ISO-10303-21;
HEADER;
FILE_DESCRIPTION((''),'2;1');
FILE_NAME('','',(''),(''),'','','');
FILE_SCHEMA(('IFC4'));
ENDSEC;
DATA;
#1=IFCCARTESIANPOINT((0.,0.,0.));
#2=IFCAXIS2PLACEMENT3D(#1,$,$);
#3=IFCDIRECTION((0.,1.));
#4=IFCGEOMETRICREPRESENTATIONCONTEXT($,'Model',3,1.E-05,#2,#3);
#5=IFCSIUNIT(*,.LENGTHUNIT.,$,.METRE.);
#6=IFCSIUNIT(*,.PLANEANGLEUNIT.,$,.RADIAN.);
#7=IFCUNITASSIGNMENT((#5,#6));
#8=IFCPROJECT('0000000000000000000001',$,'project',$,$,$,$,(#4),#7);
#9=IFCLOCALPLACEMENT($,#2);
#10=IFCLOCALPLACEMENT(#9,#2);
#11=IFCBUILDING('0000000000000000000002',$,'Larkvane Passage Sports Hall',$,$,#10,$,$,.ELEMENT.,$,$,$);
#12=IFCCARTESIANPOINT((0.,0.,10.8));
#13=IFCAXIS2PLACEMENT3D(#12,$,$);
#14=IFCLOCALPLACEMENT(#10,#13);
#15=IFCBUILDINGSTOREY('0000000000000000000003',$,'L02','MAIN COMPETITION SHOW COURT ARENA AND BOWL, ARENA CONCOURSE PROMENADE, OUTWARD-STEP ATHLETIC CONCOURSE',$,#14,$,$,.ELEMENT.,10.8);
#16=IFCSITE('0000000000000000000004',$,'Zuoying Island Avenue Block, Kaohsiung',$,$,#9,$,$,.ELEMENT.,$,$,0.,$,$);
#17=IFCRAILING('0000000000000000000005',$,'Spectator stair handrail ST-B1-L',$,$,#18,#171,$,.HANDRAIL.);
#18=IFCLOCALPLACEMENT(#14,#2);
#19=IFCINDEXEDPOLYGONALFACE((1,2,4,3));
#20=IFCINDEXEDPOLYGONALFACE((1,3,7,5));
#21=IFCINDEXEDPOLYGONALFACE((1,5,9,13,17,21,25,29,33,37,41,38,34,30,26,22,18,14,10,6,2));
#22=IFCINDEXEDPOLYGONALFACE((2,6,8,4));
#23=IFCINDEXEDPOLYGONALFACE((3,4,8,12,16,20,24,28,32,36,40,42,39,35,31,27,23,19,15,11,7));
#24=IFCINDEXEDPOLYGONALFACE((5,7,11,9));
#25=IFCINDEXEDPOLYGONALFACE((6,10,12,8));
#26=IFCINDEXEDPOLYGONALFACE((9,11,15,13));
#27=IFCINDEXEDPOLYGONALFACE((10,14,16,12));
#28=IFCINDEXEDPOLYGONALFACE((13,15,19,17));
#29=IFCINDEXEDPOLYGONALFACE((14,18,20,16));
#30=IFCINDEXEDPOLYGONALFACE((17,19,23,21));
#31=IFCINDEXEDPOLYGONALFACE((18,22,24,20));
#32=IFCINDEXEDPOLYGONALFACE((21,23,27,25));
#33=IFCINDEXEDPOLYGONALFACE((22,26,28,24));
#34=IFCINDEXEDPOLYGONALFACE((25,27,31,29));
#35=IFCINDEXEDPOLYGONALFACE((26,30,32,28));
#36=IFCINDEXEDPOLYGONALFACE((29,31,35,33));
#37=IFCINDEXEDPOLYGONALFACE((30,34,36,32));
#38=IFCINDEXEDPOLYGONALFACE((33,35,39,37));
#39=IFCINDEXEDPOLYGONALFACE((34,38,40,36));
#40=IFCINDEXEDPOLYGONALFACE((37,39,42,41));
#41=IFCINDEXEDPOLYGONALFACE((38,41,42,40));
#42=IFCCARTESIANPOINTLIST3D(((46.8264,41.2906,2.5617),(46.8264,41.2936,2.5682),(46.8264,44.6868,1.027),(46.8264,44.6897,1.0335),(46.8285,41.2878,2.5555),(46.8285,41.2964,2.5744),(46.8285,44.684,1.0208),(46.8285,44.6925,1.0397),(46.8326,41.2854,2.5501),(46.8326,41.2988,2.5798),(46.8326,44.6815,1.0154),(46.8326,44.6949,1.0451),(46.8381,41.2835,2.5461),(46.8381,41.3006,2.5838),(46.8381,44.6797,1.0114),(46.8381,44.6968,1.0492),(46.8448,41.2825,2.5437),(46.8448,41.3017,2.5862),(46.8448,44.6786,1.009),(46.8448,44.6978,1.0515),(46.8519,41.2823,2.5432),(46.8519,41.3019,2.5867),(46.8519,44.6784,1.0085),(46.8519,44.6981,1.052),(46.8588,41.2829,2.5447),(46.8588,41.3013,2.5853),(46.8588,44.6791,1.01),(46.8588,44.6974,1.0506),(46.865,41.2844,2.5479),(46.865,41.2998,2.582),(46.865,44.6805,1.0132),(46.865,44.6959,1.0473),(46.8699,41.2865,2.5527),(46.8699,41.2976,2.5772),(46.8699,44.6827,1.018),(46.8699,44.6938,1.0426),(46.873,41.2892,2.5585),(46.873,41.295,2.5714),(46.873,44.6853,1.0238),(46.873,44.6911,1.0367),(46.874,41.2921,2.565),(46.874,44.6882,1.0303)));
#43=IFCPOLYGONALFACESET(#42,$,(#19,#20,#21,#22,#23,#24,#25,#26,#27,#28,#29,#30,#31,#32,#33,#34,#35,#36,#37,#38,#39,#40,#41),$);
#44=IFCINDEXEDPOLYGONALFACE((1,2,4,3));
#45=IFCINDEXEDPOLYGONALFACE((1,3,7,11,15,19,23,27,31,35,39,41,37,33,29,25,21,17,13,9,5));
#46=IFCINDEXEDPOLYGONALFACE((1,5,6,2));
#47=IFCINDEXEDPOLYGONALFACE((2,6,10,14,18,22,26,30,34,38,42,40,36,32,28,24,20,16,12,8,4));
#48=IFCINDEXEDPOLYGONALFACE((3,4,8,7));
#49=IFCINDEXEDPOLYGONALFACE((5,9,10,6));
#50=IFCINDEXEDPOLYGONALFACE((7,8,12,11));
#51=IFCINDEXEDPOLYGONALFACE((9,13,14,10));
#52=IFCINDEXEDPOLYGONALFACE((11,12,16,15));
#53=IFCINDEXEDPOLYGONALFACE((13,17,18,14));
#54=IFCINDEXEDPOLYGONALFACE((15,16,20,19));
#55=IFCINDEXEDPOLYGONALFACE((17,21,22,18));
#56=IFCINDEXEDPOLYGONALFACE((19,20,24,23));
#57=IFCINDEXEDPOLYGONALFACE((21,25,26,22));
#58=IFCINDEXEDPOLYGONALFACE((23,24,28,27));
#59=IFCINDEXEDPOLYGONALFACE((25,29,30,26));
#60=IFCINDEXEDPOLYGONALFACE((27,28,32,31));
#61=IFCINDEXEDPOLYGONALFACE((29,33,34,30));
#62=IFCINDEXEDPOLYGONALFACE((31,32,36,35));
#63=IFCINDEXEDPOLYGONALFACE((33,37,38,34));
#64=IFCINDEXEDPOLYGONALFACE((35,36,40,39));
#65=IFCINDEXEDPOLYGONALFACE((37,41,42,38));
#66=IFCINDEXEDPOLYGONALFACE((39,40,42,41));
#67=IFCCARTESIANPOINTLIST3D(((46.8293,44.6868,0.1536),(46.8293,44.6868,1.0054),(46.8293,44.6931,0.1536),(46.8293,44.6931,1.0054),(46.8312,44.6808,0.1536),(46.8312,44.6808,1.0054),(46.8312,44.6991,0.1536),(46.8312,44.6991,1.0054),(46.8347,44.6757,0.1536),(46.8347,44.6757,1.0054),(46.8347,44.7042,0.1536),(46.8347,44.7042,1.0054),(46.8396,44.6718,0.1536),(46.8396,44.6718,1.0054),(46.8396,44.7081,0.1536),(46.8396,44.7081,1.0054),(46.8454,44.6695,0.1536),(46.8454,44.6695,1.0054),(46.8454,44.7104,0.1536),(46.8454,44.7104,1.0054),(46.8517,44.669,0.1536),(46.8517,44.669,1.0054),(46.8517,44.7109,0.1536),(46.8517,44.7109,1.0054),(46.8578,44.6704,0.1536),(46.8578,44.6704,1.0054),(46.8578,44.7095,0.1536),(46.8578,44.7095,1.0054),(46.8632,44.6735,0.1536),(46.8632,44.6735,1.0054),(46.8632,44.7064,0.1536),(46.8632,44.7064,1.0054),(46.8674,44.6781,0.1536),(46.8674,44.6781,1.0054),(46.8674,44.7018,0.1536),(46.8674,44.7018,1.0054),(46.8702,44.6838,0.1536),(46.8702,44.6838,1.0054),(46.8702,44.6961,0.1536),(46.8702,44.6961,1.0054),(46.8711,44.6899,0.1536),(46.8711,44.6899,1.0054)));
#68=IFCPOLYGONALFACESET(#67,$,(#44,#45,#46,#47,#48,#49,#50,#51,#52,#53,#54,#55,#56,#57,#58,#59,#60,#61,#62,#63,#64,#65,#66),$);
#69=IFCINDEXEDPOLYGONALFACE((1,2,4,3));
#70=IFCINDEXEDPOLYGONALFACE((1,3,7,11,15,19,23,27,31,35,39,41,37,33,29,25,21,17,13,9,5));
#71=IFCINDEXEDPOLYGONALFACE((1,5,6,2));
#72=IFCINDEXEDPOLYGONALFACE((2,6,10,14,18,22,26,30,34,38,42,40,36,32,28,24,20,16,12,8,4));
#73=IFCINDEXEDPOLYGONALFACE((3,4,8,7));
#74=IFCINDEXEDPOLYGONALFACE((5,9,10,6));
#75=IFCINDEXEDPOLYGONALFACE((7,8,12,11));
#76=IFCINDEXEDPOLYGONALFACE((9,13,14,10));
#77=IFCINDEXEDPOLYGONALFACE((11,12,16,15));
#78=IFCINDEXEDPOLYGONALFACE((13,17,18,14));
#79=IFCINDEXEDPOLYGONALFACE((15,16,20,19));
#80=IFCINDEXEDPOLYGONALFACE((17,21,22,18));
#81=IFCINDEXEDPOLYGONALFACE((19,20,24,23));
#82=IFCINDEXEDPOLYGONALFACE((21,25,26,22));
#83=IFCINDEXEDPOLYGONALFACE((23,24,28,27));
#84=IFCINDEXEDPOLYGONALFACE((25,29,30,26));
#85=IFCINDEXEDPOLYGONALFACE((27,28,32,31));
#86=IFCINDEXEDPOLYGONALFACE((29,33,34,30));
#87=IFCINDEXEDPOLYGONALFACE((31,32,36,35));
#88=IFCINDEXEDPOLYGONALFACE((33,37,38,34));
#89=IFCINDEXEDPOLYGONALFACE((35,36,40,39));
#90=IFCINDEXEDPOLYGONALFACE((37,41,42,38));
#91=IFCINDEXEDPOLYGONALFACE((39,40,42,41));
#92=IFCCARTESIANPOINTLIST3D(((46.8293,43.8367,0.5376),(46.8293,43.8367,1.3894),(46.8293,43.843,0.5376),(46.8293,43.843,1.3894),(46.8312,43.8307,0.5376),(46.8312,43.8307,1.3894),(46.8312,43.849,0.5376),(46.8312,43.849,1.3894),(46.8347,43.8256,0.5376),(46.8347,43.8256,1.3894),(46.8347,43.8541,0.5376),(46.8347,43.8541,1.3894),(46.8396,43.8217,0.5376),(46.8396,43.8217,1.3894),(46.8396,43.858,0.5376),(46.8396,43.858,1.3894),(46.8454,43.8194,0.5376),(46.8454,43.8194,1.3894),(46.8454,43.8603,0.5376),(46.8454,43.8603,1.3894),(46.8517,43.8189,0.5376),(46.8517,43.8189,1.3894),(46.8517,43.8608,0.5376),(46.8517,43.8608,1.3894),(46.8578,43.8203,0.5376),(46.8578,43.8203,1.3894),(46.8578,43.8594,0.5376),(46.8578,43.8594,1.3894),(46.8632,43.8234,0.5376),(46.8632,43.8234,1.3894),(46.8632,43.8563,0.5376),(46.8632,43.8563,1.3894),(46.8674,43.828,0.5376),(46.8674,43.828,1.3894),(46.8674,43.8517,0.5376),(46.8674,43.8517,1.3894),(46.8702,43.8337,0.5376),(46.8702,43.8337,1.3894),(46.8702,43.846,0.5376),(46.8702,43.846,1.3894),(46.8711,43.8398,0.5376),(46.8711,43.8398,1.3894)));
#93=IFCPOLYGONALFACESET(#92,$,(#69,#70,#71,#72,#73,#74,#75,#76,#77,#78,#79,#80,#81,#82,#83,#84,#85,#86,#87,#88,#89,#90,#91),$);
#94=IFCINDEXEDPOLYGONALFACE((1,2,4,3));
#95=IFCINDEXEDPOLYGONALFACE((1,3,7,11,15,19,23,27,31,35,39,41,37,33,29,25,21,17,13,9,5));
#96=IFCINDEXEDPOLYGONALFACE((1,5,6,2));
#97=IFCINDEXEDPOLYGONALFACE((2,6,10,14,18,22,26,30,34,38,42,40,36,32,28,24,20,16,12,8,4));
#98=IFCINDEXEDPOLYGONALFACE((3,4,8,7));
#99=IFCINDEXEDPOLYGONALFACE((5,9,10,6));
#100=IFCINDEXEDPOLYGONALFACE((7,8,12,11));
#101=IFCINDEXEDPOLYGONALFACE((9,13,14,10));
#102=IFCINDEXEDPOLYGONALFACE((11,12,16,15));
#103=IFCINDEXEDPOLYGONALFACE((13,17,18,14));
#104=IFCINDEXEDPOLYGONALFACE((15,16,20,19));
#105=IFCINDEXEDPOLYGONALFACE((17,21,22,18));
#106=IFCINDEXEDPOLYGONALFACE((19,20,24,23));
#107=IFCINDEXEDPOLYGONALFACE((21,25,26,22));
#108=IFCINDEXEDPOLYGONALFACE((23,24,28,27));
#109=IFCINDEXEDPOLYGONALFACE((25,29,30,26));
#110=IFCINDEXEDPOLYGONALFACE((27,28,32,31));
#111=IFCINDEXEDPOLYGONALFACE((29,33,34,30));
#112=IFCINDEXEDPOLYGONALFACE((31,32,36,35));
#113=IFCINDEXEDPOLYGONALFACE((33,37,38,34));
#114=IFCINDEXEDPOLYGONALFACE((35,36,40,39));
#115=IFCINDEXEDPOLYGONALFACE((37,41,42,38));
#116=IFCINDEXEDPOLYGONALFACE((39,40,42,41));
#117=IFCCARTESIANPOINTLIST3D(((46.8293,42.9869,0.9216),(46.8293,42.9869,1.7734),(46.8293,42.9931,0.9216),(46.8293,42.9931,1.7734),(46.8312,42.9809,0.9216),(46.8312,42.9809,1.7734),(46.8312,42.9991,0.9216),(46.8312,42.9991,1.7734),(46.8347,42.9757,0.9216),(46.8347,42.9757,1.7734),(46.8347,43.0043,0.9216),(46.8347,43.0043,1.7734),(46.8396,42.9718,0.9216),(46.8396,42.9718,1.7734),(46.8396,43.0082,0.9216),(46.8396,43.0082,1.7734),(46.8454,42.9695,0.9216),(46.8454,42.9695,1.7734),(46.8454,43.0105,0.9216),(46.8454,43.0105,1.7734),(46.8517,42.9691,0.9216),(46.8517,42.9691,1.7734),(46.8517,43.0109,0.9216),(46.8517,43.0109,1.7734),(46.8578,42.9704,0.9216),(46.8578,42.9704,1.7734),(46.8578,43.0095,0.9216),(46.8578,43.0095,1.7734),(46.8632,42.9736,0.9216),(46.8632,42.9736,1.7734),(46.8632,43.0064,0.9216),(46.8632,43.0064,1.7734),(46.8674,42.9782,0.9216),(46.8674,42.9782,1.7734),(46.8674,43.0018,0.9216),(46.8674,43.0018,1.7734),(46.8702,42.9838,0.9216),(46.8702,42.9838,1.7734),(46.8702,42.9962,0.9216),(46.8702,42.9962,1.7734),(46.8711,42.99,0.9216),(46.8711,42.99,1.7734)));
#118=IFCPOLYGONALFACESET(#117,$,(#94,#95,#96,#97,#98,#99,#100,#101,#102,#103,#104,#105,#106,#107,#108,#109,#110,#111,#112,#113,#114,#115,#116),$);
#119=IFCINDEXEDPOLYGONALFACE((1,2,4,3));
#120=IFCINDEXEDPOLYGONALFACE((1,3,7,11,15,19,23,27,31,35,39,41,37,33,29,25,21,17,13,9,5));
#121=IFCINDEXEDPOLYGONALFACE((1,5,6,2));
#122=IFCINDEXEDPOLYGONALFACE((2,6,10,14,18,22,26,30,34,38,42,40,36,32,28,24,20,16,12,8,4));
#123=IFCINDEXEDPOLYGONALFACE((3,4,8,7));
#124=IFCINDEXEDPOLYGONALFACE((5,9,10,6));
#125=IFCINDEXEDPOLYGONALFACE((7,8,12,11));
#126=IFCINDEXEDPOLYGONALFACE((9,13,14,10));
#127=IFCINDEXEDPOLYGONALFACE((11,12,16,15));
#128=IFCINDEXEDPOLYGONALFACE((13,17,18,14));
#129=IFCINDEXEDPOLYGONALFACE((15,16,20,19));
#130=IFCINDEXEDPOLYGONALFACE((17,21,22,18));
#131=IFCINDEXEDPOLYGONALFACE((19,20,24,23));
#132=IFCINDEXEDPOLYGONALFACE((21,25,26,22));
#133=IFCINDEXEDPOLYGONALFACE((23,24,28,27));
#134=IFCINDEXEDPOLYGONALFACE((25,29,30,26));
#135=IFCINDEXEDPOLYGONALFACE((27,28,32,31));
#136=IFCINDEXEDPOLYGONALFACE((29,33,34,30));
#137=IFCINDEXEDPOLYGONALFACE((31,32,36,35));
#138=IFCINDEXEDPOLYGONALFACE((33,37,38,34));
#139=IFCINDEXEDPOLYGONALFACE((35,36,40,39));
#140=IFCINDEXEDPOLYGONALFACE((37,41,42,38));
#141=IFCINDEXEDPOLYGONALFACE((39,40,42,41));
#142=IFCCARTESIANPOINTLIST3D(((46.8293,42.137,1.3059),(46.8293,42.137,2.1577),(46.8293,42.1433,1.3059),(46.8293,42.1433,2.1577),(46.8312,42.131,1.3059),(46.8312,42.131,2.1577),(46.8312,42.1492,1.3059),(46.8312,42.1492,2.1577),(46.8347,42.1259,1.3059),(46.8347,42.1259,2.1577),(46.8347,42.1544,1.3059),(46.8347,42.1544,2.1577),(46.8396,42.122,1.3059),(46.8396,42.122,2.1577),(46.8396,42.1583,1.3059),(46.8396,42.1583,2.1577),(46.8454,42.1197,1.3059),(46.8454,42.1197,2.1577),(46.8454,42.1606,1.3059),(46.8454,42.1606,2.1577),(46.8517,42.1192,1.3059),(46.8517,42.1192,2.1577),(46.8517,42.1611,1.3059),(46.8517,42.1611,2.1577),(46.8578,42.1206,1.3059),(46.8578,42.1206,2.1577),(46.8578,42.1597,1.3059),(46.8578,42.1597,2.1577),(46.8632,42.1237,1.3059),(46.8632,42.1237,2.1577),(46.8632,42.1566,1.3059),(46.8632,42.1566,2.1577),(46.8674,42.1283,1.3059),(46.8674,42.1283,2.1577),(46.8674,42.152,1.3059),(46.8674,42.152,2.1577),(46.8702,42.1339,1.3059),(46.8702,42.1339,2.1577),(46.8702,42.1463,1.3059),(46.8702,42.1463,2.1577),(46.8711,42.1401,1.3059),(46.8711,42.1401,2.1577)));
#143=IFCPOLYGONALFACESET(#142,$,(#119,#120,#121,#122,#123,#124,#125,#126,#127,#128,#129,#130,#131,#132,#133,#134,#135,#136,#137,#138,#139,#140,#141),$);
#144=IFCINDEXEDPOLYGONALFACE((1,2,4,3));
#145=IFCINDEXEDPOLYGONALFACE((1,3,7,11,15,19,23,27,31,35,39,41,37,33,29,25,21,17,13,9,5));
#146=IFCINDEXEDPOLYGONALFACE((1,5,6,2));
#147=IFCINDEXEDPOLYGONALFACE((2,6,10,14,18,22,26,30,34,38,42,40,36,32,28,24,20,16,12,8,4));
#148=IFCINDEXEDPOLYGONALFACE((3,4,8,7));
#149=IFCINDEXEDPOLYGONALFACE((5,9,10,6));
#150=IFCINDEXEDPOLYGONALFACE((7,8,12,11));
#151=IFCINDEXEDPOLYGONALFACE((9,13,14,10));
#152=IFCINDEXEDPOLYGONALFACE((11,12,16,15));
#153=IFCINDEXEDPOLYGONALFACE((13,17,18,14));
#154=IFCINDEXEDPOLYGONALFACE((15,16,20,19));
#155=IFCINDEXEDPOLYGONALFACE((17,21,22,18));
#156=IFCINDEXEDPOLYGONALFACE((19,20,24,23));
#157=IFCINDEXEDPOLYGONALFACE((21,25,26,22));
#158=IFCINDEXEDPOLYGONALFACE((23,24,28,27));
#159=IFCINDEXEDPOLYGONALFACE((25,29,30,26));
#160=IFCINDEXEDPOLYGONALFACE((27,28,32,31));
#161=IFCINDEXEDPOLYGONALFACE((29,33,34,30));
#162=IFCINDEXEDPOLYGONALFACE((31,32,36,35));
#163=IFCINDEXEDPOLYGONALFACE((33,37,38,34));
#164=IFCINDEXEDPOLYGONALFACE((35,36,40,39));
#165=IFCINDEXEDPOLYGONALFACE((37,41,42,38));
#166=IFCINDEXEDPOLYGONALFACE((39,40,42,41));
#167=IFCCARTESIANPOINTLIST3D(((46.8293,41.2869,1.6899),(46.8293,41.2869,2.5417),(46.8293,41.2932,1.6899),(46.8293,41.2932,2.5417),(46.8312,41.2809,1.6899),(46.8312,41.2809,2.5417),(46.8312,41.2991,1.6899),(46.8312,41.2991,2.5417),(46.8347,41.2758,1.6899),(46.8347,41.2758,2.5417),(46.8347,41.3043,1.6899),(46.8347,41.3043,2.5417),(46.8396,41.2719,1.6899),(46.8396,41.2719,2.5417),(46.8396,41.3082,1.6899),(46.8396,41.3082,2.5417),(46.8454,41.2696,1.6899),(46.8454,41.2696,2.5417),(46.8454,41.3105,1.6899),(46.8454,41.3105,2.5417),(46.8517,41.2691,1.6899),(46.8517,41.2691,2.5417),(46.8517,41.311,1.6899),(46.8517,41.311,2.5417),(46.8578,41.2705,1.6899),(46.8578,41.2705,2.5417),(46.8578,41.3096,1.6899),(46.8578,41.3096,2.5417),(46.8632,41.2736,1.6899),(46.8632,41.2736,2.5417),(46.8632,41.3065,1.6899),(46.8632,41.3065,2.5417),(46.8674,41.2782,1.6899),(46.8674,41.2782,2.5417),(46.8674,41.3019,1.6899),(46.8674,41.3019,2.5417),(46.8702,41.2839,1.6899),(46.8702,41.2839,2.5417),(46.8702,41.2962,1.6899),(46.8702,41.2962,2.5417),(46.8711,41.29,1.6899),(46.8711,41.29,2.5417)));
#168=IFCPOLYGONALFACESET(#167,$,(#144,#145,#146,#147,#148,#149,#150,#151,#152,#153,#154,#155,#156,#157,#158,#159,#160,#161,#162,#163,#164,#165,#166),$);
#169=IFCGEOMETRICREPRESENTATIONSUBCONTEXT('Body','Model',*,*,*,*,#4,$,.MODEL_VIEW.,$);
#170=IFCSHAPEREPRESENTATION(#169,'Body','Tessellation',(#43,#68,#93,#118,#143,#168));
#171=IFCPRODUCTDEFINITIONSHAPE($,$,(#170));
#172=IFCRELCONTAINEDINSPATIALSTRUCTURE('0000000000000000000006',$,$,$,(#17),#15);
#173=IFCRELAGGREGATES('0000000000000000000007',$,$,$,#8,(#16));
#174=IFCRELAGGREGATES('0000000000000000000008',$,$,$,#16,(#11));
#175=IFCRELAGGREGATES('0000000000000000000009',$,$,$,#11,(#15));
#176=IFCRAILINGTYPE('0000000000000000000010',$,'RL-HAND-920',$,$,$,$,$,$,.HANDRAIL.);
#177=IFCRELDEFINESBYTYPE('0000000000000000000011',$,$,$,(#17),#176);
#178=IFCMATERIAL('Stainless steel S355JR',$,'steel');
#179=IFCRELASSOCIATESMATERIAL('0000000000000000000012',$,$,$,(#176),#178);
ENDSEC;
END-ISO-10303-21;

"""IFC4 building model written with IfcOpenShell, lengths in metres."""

from ifc_helpers import new_model, si_unit, direction, frame, origin, origin_2d, place, context, subcontext, project, spatial, circle, extrude, material, type_object, element, save


model = new_model("IFC4")

# Units and contexts
model_context = context("Model", 3, precision=1e-05, world=origin(), true_north=direction((0.0, 1.0)))
body_context = subcontext(model_context, "Body", "Model", "MODEL_VIEW")
ifc_project = project(units=[si_unit("LENGTHUNIT", "METRE"), si_unit("PLANEANGLEUNIT", "RADIAN")], contexts=[model_context])

# Site, building, storey
site_placement = place(None, origin())
site = spatial("IfcSite", under=ifc_project, at=site_placement, Name="Zuoying Island Avenue Block, Kaohsiung", CompositionType="ELEMENT", RefElevation=0.0)
building_placement = place(site_placement, origin())
building = spatial("IfcBuilding", under=site, at=building_placement, Name="Larkvane Passage Sports Hall", CompositionType="ELEMENT")
storey_placement = place(building_placement, frame((0.0, 0.0, 10.8)))
storey = spatial("IfcBuildingStorey", under=building, at=storey_placement, Name="L02", Description="MAIN COMPETITION SHOW COURT ARENA AND BOWL, ARENA CONCOURSE PROMENADE, OUTWARD-STEP ATHLETIC CONCOURSE", CompositionType="ELEMENT", Elevation=10.8)

# Railing
ifc_material_1 = material(Name="Stainless steel S355JR", Category="steel")
railing_type = type_object("IfcRailingType", Name="RL-HAND-920", PredefinedType="HANDRAIL", material=ifc_material_1)
for number, where, name in (
    (1, (46.8501, 44.6899, 0.1536), "Spectator stair handrail ST-B1-L"),
):
    element("IfcRailing", number, at=place(storey_placement, frame(where)), inside=storey, type_object=railing_type, Name=name, PredefinedType="HANDRAIL", context=body_context, shape_type="SweptSolid", body=[
        extrude(circle(Radius=0.0239, at=origin_2d()), frame((0.0, -0.0017, 0.8767), z_axis=(0.0, -0.911276, 0.411795), x_axis=(1.0, 0.0, 0.0)), (0.0, 0.0, 1.0), 3.7268),
        extrude(circle(Radius=0.021, at=origin_2d()), origin(), (0.0, 0.0, 1.0), 0.8518),
        extrude(circle(Radius=0.021, at=origin_2d()), frame((0.0, -0.8501, 0.384)), (0.0, 0.0, 1.0), 0.8518),
        extrude(circle(Radius=0.021, at=origin_2d()), frame((0.0, -1.7, 0.7681)), (0.0, 0.0, 1.0), 0.8518),
        extrude(circle(Radius=0.021, at=origin_2d()), frame((0.0, -2.5498, 1.1523)), (0.0, 0.0, 1.0), 0.8518),
        extrude(circle(Radius=0.021, at=origin_2d()), frame((0.0, -3.3999, 1.5364)), (0.0, 0.0, 1.0), 0.8518),
    ])

save(model, "model.ifc")
